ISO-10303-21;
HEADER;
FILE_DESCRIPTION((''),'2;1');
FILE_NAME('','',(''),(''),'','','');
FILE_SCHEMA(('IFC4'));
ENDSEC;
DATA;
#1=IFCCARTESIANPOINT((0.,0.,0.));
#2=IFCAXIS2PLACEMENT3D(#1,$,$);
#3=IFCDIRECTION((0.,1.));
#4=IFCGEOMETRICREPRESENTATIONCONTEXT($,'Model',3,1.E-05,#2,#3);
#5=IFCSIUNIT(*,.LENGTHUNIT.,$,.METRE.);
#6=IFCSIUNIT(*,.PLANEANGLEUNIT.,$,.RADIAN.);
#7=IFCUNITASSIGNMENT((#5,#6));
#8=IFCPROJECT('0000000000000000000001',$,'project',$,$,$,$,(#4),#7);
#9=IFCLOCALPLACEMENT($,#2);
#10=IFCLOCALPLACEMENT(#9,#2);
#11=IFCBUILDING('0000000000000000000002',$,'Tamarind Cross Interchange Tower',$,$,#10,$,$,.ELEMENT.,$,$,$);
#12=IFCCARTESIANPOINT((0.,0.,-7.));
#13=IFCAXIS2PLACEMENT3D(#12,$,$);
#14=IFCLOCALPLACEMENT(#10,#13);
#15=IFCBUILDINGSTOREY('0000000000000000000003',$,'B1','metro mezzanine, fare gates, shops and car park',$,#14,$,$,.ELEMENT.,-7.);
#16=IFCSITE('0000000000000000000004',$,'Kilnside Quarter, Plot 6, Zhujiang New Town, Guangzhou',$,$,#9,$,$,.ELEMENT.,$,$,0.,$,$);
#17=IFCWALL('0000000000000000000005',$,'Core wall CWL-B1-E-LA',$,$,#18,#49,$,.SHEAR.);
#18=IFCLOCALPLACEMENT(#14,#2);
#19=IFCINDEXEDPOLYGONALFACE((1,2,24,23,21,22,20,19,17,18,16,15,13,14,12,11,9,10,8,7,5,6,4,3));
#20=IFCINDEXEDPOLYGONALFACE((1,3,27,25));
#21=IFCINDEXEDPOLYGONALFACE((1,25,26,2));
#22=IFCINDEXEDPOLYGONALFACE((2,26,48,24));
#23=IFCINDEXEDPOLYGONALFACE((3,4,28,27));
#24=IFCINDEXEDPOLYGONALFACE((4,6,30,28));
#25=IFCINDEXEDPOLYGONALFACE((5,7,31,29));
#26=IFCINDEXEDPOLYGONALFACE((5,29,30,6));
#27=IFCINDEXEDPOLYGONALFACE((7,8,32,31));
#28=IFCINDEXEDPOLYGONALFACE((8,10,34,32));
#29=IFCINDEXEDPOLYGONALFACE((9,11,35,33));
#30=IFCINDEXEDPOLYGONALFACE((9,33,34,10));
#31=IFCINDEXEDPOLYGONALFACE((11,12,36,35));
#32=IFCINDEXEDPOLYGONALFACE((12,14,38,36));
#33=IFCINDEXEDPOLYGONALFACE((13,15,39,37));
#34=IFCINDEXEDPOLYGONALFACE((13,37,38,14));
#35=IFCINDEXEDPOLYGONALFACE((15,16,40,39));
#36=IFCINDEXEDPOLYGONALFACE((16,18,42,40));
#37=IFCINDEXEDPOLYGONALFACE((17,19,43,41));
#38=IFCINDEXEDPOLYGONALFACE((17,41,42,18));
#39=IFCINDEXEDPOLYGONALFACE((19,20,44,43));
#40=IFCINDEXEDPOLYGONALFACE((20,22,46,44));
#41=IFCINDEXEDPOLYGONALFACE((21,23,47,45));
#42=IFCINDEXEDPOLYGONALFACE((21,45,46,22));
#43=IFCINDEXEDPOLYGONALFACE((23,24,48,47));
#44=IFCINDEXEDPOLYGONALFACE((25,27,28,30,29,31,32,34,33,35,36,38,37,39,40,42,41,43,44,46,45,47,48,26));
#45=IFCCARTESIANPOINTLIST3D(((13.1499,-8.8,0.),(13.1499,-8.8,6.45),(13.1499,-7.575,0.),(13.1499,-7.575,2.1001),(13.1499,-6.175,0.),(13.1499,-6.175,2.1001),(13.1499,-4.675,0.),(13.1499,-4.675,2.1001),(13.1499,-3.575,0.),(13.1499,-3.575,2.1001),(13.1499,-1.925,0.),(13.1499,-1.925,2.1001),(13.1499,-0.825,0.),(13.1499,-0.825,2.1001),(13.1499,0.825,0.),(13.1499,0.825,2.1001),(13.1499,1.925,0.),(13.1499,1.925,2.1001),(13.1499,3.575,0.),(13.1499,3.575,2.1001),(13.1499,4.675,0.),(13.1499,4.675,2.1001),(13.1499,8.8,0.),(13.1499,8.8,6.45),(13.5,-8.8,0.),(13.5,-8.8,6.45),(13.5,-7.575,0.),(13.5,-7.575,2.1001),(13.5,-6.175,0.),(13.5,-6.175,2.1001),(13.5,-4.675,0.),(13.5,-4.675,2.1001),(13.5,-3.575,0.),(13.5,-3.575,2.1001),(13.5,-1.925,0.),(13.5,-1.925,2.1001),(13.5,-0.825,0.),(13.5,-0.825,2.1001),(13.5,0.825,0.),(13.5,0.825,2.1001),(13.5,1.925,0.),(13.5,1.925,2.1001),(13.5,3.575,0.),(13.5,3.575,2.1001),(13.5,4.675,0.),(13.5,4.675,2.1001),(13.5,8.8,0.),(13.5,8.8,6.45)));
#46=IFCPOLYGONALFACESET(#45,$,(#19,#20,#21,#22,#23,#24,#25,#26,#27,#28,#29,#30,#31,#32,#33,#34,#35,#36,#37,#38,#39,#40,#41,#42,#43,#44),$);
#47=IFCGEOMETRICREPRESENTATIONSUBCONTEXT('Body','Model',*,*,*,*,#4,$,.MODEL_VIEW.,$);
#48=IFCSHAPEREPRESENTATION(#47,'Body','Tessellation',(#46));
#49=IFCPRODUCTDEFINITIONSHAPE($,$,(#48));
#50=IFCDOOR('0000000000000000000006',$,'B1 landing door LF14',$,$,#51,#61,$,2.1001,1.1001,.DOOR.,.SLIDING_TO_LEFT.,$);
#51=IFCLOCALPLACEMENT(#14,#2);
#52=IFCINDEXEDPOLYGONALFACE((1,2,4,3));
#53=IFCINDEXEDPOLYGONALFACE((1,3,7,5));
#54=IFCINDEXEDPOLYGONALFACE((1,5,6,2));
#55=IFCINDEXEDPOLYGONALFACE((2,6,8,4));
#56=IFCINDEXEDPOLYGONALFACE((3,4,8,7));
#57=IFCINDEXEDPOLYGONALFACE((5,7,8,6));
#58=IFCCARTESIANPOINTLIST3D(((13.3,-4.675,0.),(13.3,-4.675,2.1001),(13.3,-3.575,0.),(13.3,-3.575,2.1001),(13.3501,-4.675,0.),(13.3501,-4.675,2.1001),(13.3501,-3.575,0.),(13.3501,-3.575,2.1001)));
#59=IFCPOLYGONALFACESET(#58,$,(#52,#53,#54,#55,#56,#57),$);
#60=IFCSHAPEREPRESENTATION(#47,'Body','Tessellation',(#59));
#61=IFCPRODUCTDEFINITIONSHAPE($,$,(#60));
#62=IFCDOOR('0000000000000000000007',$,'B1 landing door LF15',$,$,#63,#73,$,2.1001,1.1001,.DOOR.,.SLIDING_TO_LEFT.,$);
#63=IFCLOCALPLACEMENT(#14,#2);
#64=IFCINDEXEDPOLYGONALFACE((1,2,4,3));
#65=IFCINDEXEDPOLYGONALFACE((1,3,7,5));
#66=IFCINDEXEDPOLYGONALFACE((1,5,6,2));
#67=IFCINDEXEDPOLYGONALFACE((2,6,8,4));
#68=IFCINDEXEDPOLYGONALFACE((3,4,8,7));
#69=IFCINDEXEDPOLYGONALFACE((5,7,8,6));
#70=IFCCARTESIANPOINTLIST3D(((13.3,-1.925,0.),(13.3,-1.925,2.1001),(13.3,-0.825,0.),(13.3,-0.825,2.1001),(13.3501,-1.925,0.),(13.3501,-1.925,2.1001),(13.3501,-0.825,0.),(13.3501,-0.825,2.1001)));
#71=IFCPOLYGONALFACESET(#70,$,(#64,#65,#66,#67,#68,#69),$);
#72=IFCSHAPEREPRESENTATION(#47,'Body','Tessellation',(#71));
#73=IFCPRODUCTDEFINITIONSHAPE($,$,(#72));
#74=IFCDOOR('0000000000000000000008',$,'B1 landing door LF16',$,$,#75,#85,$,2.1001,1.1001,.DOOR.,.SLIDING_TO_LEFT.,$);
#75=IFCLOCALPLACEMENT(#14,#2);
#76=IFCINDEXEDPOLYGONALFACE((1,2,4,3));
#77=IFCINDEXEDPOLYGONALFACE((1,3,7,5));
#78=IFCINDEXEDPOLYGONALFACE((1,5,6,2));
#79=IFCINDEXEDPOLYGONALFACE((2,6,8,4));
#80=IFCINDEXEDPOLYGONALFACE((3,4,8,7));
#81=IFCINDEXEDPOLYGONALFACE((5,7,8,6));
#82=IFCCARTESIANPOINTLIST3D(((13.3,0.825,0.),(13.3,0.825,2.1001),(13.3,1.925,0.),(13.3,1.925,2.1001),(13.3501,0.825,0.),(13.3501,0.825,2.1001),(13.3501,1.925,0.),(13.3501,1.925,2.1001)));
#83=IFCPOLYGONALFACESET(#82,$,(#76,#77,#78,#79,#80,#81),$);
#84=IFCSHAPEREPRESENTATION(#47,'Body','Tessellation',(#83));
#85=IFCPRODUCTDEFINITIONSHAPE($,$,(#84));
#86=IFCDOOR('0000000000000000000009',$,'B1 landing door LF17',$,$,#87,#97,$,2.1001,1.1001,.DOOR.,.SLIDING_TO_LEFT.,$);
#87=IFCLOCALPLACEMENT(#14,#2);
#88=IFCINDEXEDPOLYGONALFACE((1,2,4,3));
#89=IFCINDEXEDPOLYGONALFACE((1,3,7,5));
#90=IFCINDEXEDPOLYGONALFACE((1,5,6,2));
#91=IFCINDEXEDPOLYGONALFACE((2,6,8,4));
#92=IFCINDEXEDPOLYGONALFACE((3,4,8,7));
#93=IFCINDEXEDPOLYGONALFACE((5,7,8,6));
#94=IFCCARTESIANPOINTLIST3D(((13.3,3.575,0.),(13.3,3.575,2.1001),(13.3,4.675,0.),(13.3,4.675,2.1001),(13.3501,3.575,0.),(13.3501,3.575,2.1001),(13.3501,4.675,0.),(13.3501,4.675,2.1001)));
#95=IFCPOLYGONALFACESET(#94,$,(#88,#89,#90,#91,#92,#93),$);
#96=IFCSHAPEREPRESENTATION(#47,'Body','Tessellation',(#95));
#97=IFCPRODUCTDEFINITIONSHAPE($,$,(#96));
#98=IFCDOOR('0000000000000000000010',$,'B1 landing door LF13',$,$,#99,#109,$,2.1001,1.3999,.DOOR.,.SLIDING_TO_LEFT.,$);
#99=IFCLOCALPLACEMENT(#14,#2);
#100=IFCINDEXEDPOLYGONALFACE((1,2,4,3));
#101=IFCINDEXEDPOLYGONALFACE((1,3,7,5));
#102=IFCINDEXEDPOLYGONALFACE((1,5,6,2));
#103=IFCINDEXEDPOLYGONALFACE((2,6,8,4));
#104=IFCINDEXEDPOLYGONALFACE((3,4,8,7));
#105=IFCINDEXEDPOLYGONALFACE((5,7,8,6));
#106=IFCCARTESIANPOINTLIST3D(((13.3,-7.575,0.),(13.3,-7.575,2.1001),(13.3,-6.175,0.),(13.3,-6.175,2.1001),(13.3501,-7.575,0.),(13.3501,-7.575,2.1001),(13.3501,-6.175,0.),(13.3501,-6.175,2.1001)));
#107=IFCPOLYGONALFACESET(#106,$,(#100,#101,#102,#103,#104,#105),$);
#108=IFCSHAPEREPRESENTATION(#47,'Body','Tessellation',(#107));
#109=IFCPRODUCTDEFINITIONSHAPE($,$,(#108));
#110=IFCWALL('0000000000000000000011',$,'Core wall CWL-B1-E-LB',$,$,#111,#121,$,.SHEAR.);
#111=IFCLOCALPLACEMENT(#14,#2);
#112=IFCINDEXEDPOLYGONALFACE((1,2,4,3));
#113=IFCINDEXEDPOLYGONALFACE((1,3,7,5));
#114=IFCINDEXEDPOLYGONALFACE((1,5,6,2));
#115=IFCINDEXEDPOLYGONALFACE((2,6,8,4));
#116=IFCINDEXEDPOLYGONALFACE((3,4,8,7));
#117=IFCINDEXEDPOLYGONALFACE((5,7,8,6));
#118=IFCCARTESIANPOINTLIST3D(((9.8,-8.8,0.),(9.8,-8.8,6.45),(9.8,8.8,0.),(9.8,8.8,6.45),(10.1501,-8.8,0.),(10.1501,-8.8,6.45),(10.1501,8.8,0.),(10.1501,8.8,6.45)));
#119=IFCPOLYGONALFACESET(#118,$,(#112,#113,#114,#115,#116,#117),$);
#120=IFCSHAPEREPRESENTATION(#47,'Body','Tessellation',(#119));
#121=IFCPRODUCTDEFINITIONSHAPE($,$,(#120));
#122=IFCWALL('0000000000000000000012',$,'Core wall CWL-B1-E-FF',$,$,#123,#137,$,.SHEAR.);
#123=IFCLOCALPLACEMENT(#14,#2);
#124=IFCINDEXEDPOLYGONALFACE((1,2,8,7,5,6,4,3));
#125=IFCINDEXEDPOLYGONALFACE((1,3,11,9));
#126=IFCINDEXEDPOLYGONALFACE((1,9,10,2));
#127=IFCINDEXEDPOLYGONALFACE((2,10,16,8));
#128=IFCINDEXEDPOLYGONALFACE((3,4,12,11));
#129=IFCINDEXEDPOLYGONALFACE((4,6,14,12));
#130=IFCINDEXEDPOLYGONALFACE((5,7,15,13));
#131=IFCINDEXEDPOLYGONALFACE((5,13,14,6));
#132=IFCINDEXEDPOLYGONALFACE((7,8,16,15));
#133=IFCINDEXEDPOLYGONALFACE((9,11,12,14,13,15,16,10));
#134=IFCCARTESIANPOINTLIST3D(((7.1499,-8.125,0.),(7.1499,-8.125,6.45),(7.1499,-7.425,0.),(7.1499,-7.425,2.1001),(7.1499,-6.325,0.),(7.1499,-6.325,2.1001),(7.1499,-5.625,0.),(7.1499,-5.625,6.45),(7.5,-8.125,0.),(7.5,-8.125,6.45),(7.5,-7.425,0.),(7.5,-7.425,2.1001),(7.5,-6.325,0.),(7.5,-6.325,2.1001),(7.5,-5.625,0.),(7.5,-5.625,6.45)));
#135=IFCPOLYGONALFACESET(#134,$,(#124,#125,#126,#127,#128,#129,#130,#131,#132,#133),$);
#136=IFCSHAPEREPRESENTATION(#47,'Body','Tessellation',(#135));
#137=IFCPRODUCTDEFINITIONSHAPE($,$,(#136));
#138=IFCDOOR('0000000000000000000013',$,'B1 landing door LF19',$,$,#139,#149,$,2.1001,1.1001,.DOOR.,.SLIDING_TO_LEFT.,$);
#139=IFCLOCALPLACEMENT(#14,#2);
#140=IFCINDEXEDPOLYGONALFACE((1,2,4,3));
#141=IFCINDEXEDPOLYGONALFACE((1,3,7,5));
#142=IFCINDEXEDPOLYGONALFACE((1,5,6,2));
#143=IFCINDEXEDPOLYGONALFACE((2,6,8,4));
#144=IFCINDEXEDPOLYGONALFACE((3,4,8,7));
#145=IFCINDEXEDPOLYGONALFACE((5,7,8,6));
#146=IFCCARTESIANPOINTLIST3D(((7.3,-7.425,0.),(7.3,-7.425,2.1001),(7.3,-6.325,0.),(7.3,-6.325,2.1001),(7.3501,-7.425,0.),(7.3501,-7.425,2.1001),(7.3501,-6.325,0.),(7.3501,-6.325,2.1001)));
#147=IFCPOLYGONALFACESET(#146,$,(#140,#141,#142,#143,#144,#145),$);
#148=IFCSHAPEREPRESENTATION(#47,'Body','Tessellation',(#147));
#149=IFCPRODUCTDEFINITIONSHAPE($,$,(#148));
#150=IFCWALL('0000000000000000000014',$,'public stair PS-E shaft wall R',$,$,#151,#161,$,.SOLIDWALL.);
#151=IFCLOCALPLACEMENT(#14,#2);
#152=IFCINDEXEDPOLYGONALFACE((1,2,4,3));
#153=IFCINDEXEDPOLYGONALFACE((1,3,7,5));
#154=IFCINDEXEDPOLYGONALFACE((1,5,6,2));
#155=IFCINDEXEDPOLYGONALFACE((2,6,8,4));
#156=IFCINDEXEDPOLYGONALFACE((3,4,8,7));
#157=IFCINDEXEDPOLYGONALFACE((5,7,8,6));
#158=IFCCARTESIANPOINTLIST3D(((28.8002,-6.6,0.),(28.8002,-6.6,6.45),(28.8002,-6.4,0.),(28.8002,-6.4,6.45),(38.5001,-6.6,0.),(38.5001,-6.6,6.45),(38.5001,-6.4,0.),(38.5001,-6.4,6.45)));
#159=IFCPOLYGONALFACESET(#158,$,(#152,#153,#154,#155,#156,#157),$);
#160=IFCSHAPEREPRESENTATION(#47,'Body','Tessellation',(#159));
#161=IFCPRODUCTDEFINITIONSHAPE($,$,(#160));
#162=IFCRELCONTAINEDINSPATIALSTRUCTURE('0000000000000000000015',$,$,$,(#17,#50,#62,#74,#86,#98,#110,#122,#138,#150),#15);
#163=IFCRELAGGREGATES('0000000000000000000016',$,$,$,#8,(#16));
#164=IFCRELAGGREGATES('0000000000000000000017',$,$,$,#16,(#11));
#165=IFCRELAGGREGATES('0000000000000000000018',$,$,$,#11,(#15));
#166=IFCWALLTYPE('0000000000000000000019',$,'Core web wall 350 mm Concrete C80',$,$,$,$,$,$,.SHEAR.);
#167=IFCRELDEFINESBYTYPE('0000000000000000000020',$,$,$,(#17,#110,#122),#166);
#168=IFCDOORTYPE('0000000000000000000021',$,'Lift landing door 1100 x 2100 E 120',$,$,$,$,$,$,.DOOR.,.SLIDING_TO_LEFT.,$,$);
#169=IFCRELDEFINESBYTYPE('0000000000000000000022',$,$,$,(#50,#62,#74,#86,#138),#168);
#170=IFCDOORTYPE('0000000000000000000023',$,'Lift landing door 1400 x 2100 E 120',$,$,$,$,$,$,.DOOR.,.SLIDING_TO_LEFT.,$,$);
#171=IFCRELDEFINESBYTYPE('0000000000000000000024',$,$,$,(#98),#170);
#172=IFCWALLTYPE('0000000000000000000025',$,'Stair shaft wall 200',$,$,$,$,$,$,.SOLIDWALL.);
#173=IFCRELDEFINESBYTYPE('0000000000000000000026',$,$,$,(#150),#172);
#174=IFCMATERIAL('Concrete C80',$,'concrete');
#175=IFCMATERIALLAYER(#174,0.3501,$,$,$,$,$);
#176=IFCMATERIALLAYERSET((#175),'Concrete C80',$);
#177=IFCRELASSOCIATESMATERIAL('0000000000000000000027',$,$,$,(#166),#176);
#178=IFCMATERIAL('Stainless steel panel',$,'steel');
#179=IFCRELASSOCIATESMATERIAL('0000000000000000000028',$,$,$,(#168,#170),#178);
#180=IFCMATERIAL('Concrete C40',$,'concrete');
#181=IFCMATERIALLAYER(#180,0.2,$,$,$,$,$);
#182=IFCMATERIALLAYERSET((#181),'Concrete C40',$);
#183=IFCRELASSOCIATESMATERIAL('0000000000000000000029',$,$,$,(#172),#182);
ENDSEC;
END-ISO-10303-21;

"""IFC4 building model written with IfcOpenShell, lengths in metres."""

from ifc_helpers import new_model, si_unit, direction, frame, frame_2d, origin, place, context, subcontext, project, spatial, rectangle, extrude, material, layer, layer_set, type_object, element, fill, save


model = new_model("IFC4")

# Units and contexts
model_context = context("Model", 3, precision=1e-05, world=origin(), true_north=direction((0.0, 1.0)))
body_context = subcontext(model_context, "Body", "Model", "MODEL_VIEW")
ifc_project = project(units=[si_unit("LENGTHUNIT", "METRE"), si_unit("PLANEANGLEUNIT", "RADIAN")], contexts=[model_context])

# Site, building, storey
site_placement = place(None, origin())
site = spatial("IfcSite", under=ifc_project, at=site_placement, Name="Kilnside Quarter, Plot 6, Zhujiang New Town, Guangzhou", CompositionType="ELEMENT", RefElevation=0.0)
building_placement = place(site_placement, origin())
building = spatial("IfcBuilding", under=site, at=building_placement, Name="Tamarind Cross Interchange Tower", CompositionType="ELEMENT")
storey_placement = place(building_placement, frame((0.0, 0.0, -7.0)))
storey = spatial("IfcBuildingStorey", under=building, at=storey_placement, Name="B1", Description="metro mezzanine, fare gates, shops and car park", CompositionType="ELEMENT", Elevation=-7.0)

# Shared definitions
ifc_material_1 = material(Name="Concrete C80", Category="concrete")

# Shared definitions
ifc_layer_1 = layer(ifc_material_1, 0.3501)
ifc_layer_set_1 = layer_set([ifc_layer_1], Name="Concrete C80")
wall_type_1 = type_object("IfcWallType", Name="Core web wall 350 mm Concrete C80", PredefinedType="SHEAR", material=ifc_layer_set_1)

# Wall, openings, doors
wall_1_placement = place(storey_placement, frame((13.325, -8.8, 0.0), z_axis=(0.0, 0.0, 1.0), x_axis=(0.0, 1.0, 0.0)))
wall_1 = element("IfcWall", 1, at=wall_1_placement, inside=storey, type_object=wall_type_1, Name="Core wall CWL-B1-E-LA", PredefinedType="SHEAR", context=body_context, shape_type="SweptSolid", body=[
    extrude(rectangle(XDim=17.6001, YDim=0.3501, at=frame_2d((8.8, 0.0))), origin(), (0.0, 0.0, 1.0), 6.45),
])
opening_1_placement = place(wall_1_placement, frame((1.2251, 0.0, 0.0)))
opening_1 = element("IfcOpeningElement", 2, at=opening_1_placement, cuts=wall_1, PredefinedType="OPENING", context=body_context, shape_type="SweptSolid", body=[
    extrude(rectangle(XDim=1.3999, YDim=2.1001, at=frame_2d((0.7, 1.05))), frame((0.0, 0.1851, 0.0), z_axis=(0.0, -1.0, 0.0), x_axis=(1.0, 0.0, 0.0)), (0.0, 0.0, 1.0), 0.3701),
])
opening_2_placement = place(wall_1_placement, frame((4.125, 0.0, 0.0)))
opening_2 = element("IfcOpeningElement", 3, at=opening_2_placement, cuts=wall_1, PredefinedType="OPENING", context=body_context, shape_type="SweptSolid", body=[
    extrude(rectangle(XDim=1.1001, YDim=2.1001, at=frame_2d((0.55, 1.05))), frame((0.0, 0.1851, 0.0), z_axis=(0.0, -1.0, 0.0), x_axis=(1.0, 0.0, 0.0)), (0.0, 0.0, 1.0), 0.3701),
])
opening_3_placement = place(wall_1_placement, frame((6.875, 0.0, 0.0)))
opening_3 = element("IfcOpeningElement", 4, at=opening_3_placement, cuts=wall_1, PredefinedType="OPENING", context=body_context, shape_type="SweptSolid", body=[
    extrude(rectangle(XDim=1.1001, YDim=2.1001, at=frame_2d((0.55, 1.05))), frame((0.0, 0.1851, 0.0), z_axis=(0.0, -1.0, 0.0), x_axis=(1.0, 0.0, 0.0)), (0.0, 0.0, 1.0), 0.3701),
])
opening_4_placement = place(wall_1_placement, frame((9.625, 0.0, 0.0)))
opening_4 = element("IfcOpeningElement", 5, at=opening_4_placement, cuts=wall_1, PredefinedType="OPENING", context=body_context, shape_type="SweptSolid", body=[
    extrude(rectangle(XDim=1.1001, YDim=2.1001, at=frame_2d((0.55, 1.05))), frame((0.0, 0.1851, 0.0), z_axis=(0.0, -1.0, 0.0), x_axis=(1.0, 0.0, 0.0)), (0.0, 0.0, 1.0), 0.3701),
])
opening_5_placement = place(wall_1_placement, frame((12.375, 0.0, 0.0)))
opening_5 = element("IfcOpeningElement", 6, at=opening_5_placement, cuts=wall_1, PredefinedType="OPENING", context=body_context, shape_type="SweptSolid", body=[
    extrude(rectangle(XDim=1.1001, YDim=2.1001, at=frame_2d((0.55, 1.05))), frame((0.0, 0.1851, 0.0), z_axis=(0.0, -1.0, 0.0), x_axis=(1.0, 0.0, 0.0)), (0.0, 0.0, 1.0), 0.3701),
])
ifc_material_2 = material(Name="Stainless steel panel", Category="steel")
door_type_1 = type_object("IfcDoorType", Name="Lift landing door 1100 x 2100 E 120", OperationType="SLIDING_TO_LEFT", PredefinedType="DOOR", material=ifc_material_2)
door_1_placement = place(opening_2_placement, origin())
door_1 = element("IfcDoor", 7, at=door_1_placement, inside=storey, type_object=door_type_1, Name="B1 landing door LF14", OperationType="SLIDING_TO_LEFT", OverallHeight=2.1001, OverallWidth=1.1001, PredefinedType="DOOR", context=body_context, shape_type="SweptSolid", body=[
    extrude(rectangle(XDim=1.1001, YDim=2.1001, at=frame_2d((0.55, 1.05))), frame((0.0, 0.0249, 0.0), z_axis=(0.0, -1.0, 0.0), x_axis=(1.0, 0.0, 0.0)), (0.0, 0.0, 1.0), 0.05),
])
fill(opening_2, door_1)
door_2_placement = place(opening_3_placement, origin())
door_2 = element("IfcDoor", 8, at=door_2_placement, inside=storey, type_object=door_type_1, Name="B1 landing door LF15", OperationType="SLIDING_TO_LEFT", OverallHeight=2.1001, OverallWidth=1.1001, PredefinedType="DOOR", context=body_context, shape_type="SweptSolid", body=[
    extrude(rectangle(XDim=1.1001, YDim=2.1001, at=frame_2d((0.55, 1.05))), frame((0.0, 0.0249, 0.0), z_axis=(0.0, -1.0, 0.0), x_axis=(1.0, 0.0, 0.0)), (0.0, 0.0, 1.0), 0.05),
])
fill(opening_3, door_2)
door_3_placement = place(opening_4_placement, origin())
door_3 = element("IfcDoor", 9, at=door_3_placement, inside=storey, type_object=door_type_1, Name="B1 landing door LF16", OperationType="SLIDING_TO_LEFT", OverallHeight=2.1001, OverallWidth=1.1001, PredefinedType="DOOR", context=body_context, shape_type="SweptSolid", body=[
    extrude(rectangle(XDim=1.1001, YDim=2.1001, at=frame_2d((0.55, 1.05))), frame((0.0, 0.0249, 0.0), z_axis=(0.0, -1.0, 0.0), x_axis=(1.0, 0.0, 0.0)), (0.0, 0.0, 1.0), 0.05),
])
fill(opening_4, door_3)
door_4_placement = place(opening_5_placement, origin())
door_4 = element("IfcDoor", 10, at=door_4_placement, inside=storey, type_object=door_type_1, Name="B1 landing door LF17", OperationType="SLIDING_TO_LEFT", OverallHeight=2.1001, OverallWidth=1.1001, PredefinedType="DOOR", context=body_context, shape_type="SweptSolid", body=[
    extrude(rectangle(XDim=1.1001, YDim=2.1001, at=frame_2d((0.55, 1.05))), frame((0.0, 0.0249, 0.0), z_axis=(0.0, -1.0, 0.0), x_axis=(1.0, 0.0, 0.0)), (0.0, 0.0, 1.0), 0.05),
])
fill(opening_5, door_4)
door_type_2 = type_object("IfcDoorType", Name="Lift landing door 1400 x 2100 E 120", OperationType="SLIDING_TO_LEFT", PredefinedType="DOOR", material=ifc_material_2)
door_5_placement = place(opening_1_placement, origin())
door_5 = element("IfcDoor", 11, at=door_5_placement, inside=storey, type_object=door_type_2, Name="B1 landing door LF13", OperationType="SLIDING_TO_LEFT", OverallHeight=2.1001, OverallWidth=1.3999, PredefinedType="DOOR", context=body_context, shape_type="SweptSolid", body=[
    extrude(rectangle(XDim=1.3999, YDim=2.1001, at=frame_2d((0.7, 1.05))), frame((0.0, 0.0249, 0.0), z_axis=(0.0, -1.0, 0.0), x_axis=(1.0, 0.0, 0.0)), (0.0, 0.0, 1.0), 0.05),
])
fill(opening_1, door_5)

# Wall
wall_2_placement = place(storey_placement, frame((9.9751, -8.8, 0.0), z_axis=(0.0, 0.0, 1.0), x_axis=(0.0, 1.0, 0.0)))
element("IfcWall", 12, at=wall_2_placement, inside=storey, type_object=wall_type_1, Name="Core wall CWL-B1-E-LB", PredefinedType="SHEAR", context=body_context, shape_type="SweptSolid", body=[
    extrude(rectangle(XDim=17.6001, YDim=0.3501, at=frame_2d((8.8, 0.0))), origin(), (0.0, 0.0, 1.0), 6.45),
])

# Wall, opening, door
wall_3_placement = place(storey_placement, frame((7.325, -8.125, 0.0), z_axis=(0.0, 0.0, 1.0), x_axis=(0.0, 1.0, 0.0)))
wall_3 = element("IfcWall", 13, at=wall_3_placement, inside=storey, type_object=wall_type_1, Name="Core wall CWL-B1-E-FF", PredefinedType="SHEAR", context=body_context, shape_type="SweptSolid", body=[
    extrude(rectangle(XDim=2.5, YDim=0.3501, at=frame_2d((1.25, 0.0))), origin(), (0.0, 0.0, 1.0), 6.45),
])
opening_6_placement = place(wall_3_placement, frame((0.7, 0.0, 0.0)))
opening_6 = element("IfcOpeningElement", 14, at=opening_6_placement, cuts=wall_3, PredefinedType="OPENING", context=body_context, shape_type="SweptSolid", body=[
    extrude(rectangle(XDim=1.1001, YDim=2.1001, at=frame_2d((0.55, 1.05))), frame((0.0, 0.1851, 0.0), z_axis=(0.0, -1.0, 0.0), x_axis=(1.0, 0.0, 0.0)), (0.0, 0.0, 1.0), 0.3701),
])
door_6_placement = place(opening_6_placement, origin())
door_6 = element("IfcDoor", 15, at=door_6_placement, inside=storey, type_object=door_type_1, Name="B1 landing door LF19", OperationType="SLIDING_TO_LEFT", OverallHeight=2.1001, OverallWidth=1.1001, PredefinedType="DOOR", context=body_context, shape_type="SweptSolid", body=[
    extrude(rectangle(XDim=1.1001, YDim=2.1001, at=frame_2d((0.55, 1.05))), frame((0.0, 0.0249, 0.0), z_axis=(0.0, -1.0, 0.0), x_axis=(1.0, 0.0, 0.0)), (0.0, 0.0, 1.0), 0.05),
])
fill(opening_6, door_6)

# Wall
ifc_material_3 = material(Name="Concrete C40", Category="concrete")
ifc_layer_2 = layer(ifc_material_3, 0.2)
ifc_layer_set_2 = layer_set([ifc_layer_2], Name="Concrete C40")
wall_type_2 = type_object("IfcWallType", Name="Stair shaft wall 200", PredefinedType="SOLIDWALL", material=ifc_layer_set_2)
wall_4_placement = place(storey_placement, frame((28.8, -6.5, 0.0), z_axis=(0.0, 0.0, 1.0), x_axis=(1.0, 0.0, 0.0)))
element("IfcWall", 16, at=wall_4_placement, inside=storey, type_object=wall_type_2, Name="public stair PS-E shaft wall R", PredefinedType="SOLIDWALL", context=body_context, shape_type="SweptSolid", body=[
    extrude(rectangle(XDim=9.7, YDim=0.2, at=frame_2d((4.8501, 0.0))), origin(), (0.0, 0.0, 1.0), 6.45),
])

save(model, "model.ifc")
